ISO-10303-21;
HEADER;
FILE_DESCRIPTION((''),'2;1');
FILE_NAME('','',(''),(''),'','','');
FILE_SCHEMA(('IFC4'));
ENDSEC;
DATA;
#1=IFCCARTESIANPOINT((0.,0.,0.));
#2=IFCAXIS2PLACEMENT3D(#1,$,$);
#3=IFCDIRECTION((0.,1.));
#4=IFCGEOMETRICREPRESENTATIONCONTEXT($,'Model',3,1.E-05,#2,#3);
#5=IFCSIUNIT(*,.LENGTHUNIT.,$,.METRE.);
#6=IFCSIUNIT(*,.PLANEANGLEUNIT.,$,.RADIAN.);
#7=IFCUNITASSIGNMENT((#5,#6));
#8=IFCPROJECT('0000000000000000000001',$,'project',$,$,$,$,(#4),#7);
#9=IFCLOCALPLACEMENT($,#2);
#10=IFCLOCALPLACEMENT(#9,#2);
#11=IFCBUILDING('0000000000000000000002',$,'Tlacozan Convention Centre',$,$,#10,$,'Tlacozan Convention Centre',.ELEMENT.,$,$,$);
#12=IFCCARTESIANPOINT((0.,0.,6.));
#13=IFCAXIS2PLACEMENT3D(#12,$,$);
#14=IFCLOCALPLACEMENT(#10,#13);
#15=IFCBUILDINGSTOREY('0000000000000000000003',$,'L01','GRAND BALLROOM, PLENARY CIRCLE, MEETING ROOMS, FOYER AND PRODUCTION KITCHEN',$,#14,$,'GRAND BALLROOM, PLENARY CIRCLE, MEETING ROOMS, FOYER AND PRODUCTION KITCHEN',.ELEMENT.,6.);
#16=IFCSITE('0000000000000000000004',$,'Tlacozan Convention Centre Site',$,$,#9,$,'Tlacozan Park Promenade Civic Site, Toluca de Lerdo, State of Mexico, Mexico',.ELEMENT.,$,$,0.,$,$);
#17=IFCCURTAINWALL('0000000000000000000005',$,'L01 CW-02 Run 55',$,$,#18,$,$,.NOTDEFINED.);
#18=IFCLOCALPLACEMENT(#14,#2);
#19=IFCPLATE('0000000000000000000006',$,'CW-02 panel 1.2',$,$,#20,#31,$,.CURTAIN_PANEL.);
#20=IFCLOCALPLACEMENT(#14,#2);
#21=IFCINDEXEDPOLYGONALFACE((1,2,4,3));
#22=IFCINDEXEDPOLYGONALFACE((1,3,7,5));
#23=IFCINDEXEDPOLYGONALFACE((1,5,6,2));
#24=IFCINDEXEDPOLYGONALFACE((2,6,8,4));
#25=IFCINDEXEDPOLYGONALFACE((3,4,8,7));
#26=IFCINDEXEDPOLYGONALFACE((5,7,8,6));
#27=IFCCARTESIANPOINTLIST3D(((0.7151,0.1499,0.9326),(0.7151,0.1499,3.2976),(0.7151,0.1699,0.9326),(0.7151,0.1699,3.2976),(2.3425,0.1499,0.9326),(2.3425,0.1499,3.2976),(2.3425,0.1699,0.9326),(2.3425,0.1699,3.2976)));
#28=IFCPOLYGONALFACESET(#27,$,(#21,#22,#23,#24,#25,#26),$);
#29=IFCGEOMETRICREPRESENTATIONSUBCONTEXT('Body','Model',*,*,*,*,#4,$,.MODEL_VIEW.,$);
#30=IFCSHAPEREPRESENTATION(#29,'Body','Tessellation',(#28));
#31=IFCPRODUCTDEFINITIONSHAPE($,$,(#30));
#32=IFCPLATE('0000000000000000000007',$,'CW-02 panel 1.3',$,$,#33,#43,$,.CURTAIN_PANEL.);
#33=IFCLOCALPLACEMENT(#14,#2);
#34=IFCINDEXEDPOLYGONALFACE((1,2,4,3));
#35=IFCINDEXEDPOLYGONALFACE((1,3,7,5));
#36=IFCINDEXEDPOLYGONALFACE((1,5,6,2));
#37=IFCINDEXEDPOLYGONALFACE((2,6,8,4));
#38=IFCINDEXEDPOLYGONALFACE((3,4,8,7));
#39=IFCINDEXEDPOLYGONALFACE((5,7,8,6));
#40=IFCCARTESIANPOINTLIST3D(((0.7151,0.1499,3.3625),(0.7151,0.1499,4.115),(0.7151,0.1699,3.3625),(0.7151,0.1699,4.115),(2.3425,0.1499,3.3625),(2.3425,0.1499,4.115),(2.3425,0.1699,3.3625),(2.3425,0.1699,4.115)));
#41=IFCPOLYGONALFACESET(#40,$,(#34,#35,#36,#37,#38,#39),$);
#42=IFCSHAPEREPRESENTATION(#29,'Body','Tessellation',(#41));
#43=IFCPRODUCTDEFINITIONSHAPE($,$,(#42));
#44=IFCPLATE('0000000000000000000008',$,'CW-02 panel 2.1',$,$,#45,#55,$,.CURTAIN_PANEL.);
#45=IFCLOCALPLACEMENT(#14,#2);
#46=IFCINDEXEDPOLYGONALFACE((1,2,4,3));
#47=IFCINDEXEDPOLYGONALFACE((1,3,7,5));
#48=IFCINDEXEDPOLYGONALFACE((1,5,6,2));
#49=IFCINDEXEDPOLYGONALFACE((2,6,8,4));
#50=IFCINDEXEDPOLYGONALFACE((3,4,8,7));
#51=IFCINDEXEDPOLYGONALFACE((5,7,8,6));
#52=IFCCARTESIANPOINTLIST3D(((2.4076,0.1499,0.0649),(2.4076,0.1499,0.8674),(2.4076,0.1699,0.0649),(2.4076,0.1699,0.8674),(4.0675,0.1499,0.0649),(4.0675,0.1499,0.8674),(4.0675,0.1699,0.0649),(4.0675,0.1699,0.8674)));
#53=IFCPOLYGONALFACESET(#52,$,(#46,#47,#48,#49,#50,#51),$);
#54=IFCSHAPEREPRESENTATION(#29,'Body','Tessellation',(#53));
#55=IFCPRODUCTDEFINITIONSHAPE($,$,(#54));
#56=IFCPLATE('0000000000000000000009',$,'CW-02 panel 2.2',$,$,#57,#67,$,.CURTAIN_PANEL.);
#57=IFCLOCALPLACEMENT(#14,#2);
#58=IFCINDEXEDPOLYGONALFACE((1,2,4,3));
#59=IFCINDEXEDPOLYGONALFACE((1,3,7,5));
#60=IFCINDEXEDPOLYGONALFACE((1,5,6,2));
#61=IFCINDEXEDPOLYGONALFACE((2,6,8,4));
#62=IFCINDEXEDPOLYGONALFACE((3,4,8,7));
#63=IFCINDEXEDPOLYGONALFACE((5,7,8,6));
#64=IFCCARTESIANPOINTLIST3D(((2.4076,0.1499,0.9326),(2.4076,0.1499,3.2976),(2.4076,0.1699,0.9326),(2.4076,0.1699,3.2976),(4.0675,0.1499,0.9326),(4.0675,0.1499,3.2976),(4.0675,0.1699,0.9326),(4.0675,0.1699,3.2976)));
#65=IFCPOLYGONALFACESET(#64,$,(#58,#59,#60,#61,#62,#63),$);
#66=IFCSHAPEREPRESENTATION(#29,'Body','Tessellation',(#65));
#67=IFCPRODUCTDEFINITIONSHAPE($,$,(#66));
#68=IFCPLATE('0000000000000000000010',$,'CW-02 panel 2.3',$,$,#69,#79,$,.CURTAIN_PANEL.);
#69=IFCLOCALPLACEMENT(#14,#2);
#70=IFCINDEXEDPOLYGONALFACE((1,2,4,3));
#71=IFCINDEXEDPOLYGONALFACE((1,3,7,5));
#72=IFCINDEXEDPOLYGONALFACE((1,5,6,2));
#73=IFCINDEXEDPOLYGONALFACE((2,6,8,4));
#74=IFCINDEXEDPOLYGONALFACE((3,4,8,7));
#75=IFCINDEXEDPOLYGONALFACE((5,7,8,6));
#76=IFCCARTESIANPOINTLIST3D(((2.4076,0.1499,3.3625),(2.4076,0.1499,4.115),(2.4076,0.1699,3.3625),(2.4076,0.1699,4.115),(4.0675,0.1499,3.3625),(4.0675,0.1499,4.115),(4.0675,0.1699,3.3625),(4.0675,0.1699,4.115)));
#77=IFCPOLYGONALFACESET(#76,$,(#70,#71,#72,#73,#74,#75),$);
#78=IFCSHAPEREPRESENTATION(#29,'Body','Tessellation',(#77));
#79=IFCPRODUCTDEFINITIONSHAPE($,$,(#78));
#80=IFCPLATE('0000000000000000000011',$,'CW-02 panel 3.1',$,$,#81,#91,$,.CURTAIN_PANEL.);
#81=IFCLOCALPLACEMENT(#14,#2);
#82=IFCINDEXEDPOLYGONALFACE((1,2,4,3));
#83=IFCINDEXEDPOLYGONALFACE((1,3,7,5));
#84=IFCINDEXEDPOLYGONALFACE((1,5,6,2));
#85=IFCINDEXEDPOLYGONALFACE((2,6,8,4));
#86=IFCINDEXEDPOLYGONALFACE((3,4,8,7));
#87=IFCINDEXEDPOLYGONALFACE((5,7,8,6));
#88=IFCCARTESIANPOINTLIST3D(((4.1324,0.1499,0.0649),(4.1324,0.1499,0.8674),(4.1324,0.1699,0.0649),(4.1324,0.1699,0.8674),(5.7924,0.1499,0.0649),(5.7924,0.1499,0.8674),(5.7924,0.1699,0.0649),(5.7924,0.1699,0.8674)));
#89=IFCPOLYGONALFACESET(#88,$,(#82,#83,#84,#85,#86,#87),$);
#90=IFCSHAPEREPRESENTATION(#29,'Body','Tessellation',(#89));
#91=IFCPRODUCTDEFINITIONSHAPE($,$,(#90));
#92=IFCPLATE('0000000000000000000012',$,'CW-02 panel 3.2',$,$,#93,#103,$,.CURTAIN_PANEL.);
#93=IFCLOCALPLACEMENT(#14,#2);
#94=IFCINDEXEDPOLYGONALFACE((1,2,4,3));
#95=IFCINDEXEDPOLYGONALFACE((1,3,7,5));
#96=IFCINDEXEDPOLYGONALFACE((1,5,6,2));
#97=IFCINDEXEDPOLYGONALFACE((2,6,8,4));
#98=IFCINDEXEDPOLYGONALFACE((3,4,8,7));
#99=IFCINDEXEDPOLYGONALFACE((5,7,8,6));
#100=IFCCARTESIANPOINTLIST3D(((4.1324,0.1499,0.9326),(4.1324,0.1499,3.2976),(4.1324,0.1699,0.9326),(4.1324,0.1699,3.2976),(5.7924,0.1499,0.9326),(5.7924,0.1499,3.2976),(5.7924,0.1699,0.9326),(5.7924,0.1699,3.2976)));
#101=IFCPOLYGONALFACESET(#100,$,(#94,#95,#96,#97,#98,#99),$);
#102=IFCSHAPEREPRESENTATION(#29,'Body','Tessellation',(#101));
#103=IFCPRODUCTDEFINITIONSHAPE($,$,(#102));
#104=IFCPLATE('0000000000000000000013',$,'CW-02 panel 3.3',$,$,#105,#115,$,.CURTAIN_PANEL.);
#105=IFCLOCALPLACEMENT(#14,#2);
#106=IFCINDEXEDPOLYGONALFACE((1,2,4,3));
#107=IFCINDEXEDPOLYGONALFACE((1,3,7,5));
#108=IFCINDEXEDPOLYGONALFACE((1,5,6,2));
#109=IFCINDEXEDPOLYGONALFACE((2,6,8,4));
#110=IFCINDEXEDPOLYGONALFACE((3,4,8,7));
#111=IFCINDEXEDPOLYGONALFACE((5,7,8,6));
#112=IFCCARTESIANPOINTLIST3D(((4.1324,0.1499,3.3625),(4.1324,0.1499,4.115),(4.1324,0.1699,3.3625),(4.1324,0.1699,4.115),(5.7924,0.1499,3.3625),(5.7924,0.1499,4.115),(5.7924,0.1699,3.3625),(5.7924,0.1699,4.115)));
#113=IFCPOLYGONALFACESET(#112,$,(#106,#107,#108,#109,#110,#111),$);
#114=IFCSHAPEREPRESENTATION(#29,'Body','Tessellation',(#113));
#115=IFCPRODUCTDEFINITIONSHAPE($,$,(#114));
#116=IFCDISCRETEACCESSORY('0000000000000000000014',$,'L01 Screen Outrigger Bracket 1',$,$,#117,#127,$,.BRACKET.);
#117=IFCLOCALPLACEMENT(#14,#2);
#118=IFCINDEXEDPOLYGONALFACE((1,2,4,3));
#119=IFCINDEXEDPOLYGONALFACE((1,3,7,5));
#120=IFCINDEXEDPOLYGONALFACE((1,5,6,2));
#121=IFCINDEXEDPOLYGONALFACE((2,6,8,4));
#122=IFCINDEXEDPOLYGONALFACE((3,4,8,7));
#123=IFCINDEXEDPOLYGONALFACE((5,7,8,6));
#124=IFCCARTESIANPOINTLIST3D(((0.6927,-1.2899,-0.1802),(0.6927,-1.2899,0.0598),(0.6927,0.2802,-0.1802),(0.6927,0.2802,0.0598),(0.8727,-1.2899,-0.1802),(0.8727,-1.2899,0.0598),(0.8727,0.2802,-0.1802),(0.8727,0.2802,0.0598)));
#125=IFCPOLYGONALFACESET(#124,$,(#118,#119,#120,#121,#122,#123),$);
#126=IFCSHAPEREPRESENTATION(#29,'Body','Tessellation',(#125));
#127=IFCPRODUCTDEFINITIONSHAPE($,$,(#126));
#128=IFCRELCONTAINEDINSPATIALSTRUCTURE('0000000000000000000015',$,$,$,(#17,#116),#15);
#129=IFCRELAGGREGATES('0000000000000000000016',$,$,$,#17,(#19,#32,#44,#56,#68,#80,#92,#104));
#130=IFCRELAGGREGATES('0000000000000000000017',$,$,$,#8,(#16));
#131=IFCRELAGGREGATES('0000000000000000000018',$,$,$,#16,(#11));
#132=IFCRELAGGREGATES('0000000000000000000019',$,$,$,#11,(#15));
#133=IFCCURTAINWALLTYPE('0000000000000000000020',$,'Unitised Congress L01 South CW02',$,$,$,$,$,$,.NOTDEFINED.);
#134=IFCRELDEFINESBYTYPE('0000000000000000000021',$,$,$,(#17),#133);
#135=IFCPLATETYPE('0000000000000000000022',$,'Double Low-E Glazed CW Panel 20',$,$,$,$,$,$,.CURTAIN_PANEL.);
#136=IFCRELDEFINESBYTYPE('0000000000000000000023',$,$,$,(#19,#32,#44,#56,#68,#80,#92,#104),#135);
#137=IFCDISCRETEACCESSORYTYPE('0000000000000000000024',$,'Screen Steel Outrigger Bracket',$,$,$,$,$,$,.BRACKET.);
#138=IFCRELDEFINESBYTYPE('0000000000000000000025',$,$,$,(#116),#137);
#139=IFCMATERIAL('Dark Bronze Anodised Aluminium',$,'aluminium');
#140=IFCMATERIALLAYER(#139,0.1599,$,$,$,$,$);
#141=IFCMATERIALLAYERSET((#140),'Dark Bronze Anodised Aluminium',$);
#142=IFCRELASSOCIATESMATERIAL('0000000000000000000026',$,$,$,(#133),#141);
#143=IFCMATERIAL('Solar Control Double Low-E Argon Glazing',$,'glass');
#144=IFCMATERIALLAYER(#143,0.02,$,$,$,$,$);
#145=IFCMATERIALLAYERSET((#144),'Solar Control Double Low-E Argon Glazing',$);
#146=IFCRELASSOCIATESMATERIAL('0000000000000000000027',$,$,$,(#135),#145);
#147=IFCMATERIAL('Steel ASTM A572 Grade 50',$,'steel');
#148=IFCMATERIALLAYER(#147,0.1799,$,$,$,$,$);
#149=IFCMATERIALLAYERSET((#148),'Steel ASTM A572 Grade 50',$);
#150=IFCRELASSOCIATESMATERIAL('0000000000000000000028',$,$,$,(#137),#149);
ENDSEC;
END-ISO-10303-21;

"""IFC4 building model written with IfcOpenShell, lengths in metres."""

from ifc_helpers import new_model, si_unit, direction, frame, origin, origin_2d, place, context, subcontext, project, spatial, rectangle, extrude, material, layer, layer_set, type_object, element, aggregate, save


model = new_model("IFC4")

# Units and contexts
model_context = context("Model", 3, precision=1e-05, world=origin(), true_north=direction((0.0, 1.0)))
body_context = subcontext(model_context, "Body", "Model", "MODEL_VIEW")
ifc_project = project(units=[si_unit("LENGTHUNIT", "METRE"), si_unit("PLANEANGLEUNIT", "RADIAN")], contexts=[model_context])

# Site, building, storey
site_placement = place(None, origin())
site = spatial("IfcSite", under=ifc_project, at=site_placement, Name="Tlacozan Convention Centre Site", LongName="Tlacozan Park Promenade Civic Site, Toluca de Lerdo, State of Mexico, Mexico", CompositionType="ELEMENT", RefElevation=0.0)
building_placement = place(site_placement, origin())
building = spatial("IfcBuilding", under=site, at=building_placement, Name="Tlacozan Convention Centre", LongName="Tlacozan Convention Centre", CompositionType="ELEMENT")
storey_placement = place(building_placement, frame((0.0, 0.0, 6.0)))
storey = spatial("IfcBuildingStorey", under=building, at=storey_placement, Name="L01", Description="GRAND BALLROOM, PLENARY CIRCLE, MEETING ROOMS, FOYER AND PRODUCTION KITCHEN", LongName="GRAND BALLROOM, PLENARY CIRCLE, MEETING ROOMS, FOYER AND PRODUCTION KITCHEN", CompositionType="ELEMENT", Elevation=6.0)

# Curtain wall, plates
ifc_material_1 = material(Name="Dark Bronze Anodised Aluminium", Category="aluminium")
ifc_layer_1 = layer(ifc_material_1, 0.1599)
ifc_layer_set_1 = layer_set([ifc_layer_1], Name="Dark Bronze Anodised Aluminium")
curtain_wall_type = type_object("IfcCurtainWallType", Name="Unitised Congress L01 South CW02", PredefinedType="NOTDEFINED", material=ifc_layer_set_1)
curtain_wall_placement = place(storey_placement, origin())
curtain_wall = element("IfcCurtainWall", 1, at=curtain_wall_placement, inside=storey, type_object=curtain_wall_type, Name="L01 CW-02 Run 55", PredefinedType="NOTDEFINED")
ifc_material_2 = material(Name="Solar Control Double Low-E Argon Glazing", Category="glass")
ifc_layer_2 = layer(ifc_material_2, 0.02)
ifc_layer_set_2 = layer_set([ifc_layer_2], Name="Solar Control Double Low-E Argon Glazing")
plate_type = type_object("IfcPlateType", Name="Double Low-E Glazed CW Panel 20", PredefinedType="CURTAIN_PANEL", material=ifc_layer_set_2)
plate_1_placement = place(storey_placement, frame((1.5288, 0.1599, 0.9326), z_axis=(0.0, 0.0, 1.0), x_axis=(1.0, 0.0, 0.0)))
plate_1 = element("IfcPlate", 2, at=plate_1_placement, type_object=plate_type, Name="CW-02 panel 1.2", PredefinedType="CURTAIN_PANEL", context=body_context, shape_type="SweptSolid", body=[
    extrude(rectangle(XDim=1.6274, YDim=0.02, at=origin_2d()), origin(), (0.0, 0.0, 1.0), 2.365),
])
plate_2_placement = place(storey_placement, frame((1.5288, 0.1599, 3.3625), z_axis=(0.0, 0.0, 1.0), x_axis=(1.0, 0.0, 0.0)))
plate_2 = element("IfcPlate", 3, at=plate_2_placement, type_object=plate_type, Name="CW-02 panel 1.3", PredefinedType="CURTAIN_PANEL", context=body_context, shape_type="SweptSolid", body=[
    extrude(rectangle(XDim=1.6274, YDim=0.02, at=origin_2d()), origin(), (0.0, 0.0, 1.0), 0.7524),
])
plate_3_placement = place(storey_placement, frame((3.2375, 0.1599, 0.0649), z_axis=(0.0, 0.0, 1.0), x_axis=(1.0, 0.0, 0.0)))
plate_3 = element("IfcPlate", 4, at=plate_3_placement, type_object=plate_type, Name="CW-02 panel 2.1", PredefinedType="CURTAIN_PANEL", context=body_context, shape_type="SweptSolid", body=[
    extrude(rectangle(XDim=1.6599, YDim=0.02, at=origin_2d()), origin(), (0.0, 0.0, 1.0), 0.8025),
])
plate_4_placement = place(storey_placement, frame((3.2375, 0.1599, 0.9326), z_axis=(0.0, 0.0, 1.0), x_axis=(1.0, 0.0, 0.0)))
plate_4 = element("IfcPlate", 5, at=plate_4_placement, type_object=plate_type, Name="CW-02 panel 2.2", PredefinedType="CURTAIN_PANEL", context=body_context, shape_type="SweptSolid", body=[
    extrude(rectangle(XDim=1.6599, YDim=0.02, at=origin_2d()), origin(), (0.0, 0.0, 1.0), 2.365),
])
plate_5_placement = place(storey_placement, frame((3.2375, 0.1599, 3.3625), z_axis=(0.0, 0.0, 1.0), x_axis=(1.0, 0.0, 0.0)))
plate_5 = element("IfcPlate", 6, at=plate_5_placement, type_object=plate_type, Name="CW-02 panel 2.3", PredefinedType="CURTAIN_PANEL", context=body_context, shape_type="SweptSolid", body=[
    extrude(rectangle(XDim=1.6599, YDim=0.02, at=origin_2d()), origin(), (0.0, 0.0, 1.0), 0.7524),
])
plate_6_placement = place(storey_placement, frame((4.9624, 0.1599, 0.0649), z_axis=(0.0, 0.0, 1.0), x_axis=(1.0, 0.0, 0.0)))
plate_6 = element("IfcPlate", 7, at=plate_6_placement, type_object=plate_type, Name="CW-02 panel 3.1", PredefinedType="CURTAIN_PANEL", context=body_context, shape_type="SweptSolid", body=[
    extrude(rectangle(XDim=1.6599, YDim=0.02, at=origin_2d()), origin(), (0.0, 0.0, 1.0), 0.8025),
])
plate_7_placement = place(storey_placement, frame((4.9624, 0.1599, 0.9326), z_axis=(0.0, 0.0, 1.0), x_axis=(1.0, 0.0, 0.0)))
plate_7 = element("IfcPlate", 8, at=plate_7_placement, type_object=plate_type, Name="CW-02 panel 3.2", PredefinedType="CURTAIN_PANEL", context=body_context, shape_type="SweptSolid", body=[
    extrude(rectangle(XDim=1.6599, YDim=0.02, at=origin_2d()), origin(), (0.0, 0.0, 1.0), 2.365),
])
plate_8_placement = place(storey_placement, frame((4.9624, 0.1599, 3.3625), z_axis=(0.0, 0.0, 1.0), x_axis=(1.0, 0.0, 0.0)))
plate_8 = element("IfcPlate", 9, at=plate_8_placement, type_object=plate_type, Name="CW-02 panel 3.3", PredefinedType="CURTAIN_PANEL", context=body_context, shape_type="SweptSolid", body=[
    extrude(rectangle(XDim=1.6599, YDim=0.02, at=origin_2d()), origin(), (0.0, 0.0, 1.0), 0.7524),
])
aggregate(curtain_wall, [plate_1, plate_2, plate_3, plate_4, plate_5, plate_6, plate_7, plate_8])

# Discrete accessory
ifc_material_3 = material(Name="Steel ASTM A572 Grade 50", Category="steel")
ifc_layer_3 = layer(ifc_material_3, 0.1799)
ifc_layer_set_3 = layer_set([ifc_layer_3], Name="Steel ASTM A572 Grade 50")
discrete_accessory_type = type_object("IfcDiscreteAccessoryType", Name="Screen Steel Outrigger Bracket", PredefinedType="BRACKET", material=ifc_layer_set_3)
discrete_accessory_placement = place(storey_placement, frame((0.7827, -0.5049, -0.1802), z_axis=(0.0, 0.0, 1.0), x_axis=(0.0, 1.0, 0.0)))
element("IfcDiscreteAccessory", 10, at=discrete_accessory_placement, inside=storey, type_object=discrete_accessory_type, Name="L01 Screen Outrigger Bracket 1", PredefinedType="BRACKET", context=body_context, shape_type="SweptSolid", body=[
    extrude(rectangle(XDim=1.5701, YDim=0.1799, at=origin_2d()), origin(), (0.0, 0.0, 1.0), 0.24),
])

save(model, "model.ifc")
